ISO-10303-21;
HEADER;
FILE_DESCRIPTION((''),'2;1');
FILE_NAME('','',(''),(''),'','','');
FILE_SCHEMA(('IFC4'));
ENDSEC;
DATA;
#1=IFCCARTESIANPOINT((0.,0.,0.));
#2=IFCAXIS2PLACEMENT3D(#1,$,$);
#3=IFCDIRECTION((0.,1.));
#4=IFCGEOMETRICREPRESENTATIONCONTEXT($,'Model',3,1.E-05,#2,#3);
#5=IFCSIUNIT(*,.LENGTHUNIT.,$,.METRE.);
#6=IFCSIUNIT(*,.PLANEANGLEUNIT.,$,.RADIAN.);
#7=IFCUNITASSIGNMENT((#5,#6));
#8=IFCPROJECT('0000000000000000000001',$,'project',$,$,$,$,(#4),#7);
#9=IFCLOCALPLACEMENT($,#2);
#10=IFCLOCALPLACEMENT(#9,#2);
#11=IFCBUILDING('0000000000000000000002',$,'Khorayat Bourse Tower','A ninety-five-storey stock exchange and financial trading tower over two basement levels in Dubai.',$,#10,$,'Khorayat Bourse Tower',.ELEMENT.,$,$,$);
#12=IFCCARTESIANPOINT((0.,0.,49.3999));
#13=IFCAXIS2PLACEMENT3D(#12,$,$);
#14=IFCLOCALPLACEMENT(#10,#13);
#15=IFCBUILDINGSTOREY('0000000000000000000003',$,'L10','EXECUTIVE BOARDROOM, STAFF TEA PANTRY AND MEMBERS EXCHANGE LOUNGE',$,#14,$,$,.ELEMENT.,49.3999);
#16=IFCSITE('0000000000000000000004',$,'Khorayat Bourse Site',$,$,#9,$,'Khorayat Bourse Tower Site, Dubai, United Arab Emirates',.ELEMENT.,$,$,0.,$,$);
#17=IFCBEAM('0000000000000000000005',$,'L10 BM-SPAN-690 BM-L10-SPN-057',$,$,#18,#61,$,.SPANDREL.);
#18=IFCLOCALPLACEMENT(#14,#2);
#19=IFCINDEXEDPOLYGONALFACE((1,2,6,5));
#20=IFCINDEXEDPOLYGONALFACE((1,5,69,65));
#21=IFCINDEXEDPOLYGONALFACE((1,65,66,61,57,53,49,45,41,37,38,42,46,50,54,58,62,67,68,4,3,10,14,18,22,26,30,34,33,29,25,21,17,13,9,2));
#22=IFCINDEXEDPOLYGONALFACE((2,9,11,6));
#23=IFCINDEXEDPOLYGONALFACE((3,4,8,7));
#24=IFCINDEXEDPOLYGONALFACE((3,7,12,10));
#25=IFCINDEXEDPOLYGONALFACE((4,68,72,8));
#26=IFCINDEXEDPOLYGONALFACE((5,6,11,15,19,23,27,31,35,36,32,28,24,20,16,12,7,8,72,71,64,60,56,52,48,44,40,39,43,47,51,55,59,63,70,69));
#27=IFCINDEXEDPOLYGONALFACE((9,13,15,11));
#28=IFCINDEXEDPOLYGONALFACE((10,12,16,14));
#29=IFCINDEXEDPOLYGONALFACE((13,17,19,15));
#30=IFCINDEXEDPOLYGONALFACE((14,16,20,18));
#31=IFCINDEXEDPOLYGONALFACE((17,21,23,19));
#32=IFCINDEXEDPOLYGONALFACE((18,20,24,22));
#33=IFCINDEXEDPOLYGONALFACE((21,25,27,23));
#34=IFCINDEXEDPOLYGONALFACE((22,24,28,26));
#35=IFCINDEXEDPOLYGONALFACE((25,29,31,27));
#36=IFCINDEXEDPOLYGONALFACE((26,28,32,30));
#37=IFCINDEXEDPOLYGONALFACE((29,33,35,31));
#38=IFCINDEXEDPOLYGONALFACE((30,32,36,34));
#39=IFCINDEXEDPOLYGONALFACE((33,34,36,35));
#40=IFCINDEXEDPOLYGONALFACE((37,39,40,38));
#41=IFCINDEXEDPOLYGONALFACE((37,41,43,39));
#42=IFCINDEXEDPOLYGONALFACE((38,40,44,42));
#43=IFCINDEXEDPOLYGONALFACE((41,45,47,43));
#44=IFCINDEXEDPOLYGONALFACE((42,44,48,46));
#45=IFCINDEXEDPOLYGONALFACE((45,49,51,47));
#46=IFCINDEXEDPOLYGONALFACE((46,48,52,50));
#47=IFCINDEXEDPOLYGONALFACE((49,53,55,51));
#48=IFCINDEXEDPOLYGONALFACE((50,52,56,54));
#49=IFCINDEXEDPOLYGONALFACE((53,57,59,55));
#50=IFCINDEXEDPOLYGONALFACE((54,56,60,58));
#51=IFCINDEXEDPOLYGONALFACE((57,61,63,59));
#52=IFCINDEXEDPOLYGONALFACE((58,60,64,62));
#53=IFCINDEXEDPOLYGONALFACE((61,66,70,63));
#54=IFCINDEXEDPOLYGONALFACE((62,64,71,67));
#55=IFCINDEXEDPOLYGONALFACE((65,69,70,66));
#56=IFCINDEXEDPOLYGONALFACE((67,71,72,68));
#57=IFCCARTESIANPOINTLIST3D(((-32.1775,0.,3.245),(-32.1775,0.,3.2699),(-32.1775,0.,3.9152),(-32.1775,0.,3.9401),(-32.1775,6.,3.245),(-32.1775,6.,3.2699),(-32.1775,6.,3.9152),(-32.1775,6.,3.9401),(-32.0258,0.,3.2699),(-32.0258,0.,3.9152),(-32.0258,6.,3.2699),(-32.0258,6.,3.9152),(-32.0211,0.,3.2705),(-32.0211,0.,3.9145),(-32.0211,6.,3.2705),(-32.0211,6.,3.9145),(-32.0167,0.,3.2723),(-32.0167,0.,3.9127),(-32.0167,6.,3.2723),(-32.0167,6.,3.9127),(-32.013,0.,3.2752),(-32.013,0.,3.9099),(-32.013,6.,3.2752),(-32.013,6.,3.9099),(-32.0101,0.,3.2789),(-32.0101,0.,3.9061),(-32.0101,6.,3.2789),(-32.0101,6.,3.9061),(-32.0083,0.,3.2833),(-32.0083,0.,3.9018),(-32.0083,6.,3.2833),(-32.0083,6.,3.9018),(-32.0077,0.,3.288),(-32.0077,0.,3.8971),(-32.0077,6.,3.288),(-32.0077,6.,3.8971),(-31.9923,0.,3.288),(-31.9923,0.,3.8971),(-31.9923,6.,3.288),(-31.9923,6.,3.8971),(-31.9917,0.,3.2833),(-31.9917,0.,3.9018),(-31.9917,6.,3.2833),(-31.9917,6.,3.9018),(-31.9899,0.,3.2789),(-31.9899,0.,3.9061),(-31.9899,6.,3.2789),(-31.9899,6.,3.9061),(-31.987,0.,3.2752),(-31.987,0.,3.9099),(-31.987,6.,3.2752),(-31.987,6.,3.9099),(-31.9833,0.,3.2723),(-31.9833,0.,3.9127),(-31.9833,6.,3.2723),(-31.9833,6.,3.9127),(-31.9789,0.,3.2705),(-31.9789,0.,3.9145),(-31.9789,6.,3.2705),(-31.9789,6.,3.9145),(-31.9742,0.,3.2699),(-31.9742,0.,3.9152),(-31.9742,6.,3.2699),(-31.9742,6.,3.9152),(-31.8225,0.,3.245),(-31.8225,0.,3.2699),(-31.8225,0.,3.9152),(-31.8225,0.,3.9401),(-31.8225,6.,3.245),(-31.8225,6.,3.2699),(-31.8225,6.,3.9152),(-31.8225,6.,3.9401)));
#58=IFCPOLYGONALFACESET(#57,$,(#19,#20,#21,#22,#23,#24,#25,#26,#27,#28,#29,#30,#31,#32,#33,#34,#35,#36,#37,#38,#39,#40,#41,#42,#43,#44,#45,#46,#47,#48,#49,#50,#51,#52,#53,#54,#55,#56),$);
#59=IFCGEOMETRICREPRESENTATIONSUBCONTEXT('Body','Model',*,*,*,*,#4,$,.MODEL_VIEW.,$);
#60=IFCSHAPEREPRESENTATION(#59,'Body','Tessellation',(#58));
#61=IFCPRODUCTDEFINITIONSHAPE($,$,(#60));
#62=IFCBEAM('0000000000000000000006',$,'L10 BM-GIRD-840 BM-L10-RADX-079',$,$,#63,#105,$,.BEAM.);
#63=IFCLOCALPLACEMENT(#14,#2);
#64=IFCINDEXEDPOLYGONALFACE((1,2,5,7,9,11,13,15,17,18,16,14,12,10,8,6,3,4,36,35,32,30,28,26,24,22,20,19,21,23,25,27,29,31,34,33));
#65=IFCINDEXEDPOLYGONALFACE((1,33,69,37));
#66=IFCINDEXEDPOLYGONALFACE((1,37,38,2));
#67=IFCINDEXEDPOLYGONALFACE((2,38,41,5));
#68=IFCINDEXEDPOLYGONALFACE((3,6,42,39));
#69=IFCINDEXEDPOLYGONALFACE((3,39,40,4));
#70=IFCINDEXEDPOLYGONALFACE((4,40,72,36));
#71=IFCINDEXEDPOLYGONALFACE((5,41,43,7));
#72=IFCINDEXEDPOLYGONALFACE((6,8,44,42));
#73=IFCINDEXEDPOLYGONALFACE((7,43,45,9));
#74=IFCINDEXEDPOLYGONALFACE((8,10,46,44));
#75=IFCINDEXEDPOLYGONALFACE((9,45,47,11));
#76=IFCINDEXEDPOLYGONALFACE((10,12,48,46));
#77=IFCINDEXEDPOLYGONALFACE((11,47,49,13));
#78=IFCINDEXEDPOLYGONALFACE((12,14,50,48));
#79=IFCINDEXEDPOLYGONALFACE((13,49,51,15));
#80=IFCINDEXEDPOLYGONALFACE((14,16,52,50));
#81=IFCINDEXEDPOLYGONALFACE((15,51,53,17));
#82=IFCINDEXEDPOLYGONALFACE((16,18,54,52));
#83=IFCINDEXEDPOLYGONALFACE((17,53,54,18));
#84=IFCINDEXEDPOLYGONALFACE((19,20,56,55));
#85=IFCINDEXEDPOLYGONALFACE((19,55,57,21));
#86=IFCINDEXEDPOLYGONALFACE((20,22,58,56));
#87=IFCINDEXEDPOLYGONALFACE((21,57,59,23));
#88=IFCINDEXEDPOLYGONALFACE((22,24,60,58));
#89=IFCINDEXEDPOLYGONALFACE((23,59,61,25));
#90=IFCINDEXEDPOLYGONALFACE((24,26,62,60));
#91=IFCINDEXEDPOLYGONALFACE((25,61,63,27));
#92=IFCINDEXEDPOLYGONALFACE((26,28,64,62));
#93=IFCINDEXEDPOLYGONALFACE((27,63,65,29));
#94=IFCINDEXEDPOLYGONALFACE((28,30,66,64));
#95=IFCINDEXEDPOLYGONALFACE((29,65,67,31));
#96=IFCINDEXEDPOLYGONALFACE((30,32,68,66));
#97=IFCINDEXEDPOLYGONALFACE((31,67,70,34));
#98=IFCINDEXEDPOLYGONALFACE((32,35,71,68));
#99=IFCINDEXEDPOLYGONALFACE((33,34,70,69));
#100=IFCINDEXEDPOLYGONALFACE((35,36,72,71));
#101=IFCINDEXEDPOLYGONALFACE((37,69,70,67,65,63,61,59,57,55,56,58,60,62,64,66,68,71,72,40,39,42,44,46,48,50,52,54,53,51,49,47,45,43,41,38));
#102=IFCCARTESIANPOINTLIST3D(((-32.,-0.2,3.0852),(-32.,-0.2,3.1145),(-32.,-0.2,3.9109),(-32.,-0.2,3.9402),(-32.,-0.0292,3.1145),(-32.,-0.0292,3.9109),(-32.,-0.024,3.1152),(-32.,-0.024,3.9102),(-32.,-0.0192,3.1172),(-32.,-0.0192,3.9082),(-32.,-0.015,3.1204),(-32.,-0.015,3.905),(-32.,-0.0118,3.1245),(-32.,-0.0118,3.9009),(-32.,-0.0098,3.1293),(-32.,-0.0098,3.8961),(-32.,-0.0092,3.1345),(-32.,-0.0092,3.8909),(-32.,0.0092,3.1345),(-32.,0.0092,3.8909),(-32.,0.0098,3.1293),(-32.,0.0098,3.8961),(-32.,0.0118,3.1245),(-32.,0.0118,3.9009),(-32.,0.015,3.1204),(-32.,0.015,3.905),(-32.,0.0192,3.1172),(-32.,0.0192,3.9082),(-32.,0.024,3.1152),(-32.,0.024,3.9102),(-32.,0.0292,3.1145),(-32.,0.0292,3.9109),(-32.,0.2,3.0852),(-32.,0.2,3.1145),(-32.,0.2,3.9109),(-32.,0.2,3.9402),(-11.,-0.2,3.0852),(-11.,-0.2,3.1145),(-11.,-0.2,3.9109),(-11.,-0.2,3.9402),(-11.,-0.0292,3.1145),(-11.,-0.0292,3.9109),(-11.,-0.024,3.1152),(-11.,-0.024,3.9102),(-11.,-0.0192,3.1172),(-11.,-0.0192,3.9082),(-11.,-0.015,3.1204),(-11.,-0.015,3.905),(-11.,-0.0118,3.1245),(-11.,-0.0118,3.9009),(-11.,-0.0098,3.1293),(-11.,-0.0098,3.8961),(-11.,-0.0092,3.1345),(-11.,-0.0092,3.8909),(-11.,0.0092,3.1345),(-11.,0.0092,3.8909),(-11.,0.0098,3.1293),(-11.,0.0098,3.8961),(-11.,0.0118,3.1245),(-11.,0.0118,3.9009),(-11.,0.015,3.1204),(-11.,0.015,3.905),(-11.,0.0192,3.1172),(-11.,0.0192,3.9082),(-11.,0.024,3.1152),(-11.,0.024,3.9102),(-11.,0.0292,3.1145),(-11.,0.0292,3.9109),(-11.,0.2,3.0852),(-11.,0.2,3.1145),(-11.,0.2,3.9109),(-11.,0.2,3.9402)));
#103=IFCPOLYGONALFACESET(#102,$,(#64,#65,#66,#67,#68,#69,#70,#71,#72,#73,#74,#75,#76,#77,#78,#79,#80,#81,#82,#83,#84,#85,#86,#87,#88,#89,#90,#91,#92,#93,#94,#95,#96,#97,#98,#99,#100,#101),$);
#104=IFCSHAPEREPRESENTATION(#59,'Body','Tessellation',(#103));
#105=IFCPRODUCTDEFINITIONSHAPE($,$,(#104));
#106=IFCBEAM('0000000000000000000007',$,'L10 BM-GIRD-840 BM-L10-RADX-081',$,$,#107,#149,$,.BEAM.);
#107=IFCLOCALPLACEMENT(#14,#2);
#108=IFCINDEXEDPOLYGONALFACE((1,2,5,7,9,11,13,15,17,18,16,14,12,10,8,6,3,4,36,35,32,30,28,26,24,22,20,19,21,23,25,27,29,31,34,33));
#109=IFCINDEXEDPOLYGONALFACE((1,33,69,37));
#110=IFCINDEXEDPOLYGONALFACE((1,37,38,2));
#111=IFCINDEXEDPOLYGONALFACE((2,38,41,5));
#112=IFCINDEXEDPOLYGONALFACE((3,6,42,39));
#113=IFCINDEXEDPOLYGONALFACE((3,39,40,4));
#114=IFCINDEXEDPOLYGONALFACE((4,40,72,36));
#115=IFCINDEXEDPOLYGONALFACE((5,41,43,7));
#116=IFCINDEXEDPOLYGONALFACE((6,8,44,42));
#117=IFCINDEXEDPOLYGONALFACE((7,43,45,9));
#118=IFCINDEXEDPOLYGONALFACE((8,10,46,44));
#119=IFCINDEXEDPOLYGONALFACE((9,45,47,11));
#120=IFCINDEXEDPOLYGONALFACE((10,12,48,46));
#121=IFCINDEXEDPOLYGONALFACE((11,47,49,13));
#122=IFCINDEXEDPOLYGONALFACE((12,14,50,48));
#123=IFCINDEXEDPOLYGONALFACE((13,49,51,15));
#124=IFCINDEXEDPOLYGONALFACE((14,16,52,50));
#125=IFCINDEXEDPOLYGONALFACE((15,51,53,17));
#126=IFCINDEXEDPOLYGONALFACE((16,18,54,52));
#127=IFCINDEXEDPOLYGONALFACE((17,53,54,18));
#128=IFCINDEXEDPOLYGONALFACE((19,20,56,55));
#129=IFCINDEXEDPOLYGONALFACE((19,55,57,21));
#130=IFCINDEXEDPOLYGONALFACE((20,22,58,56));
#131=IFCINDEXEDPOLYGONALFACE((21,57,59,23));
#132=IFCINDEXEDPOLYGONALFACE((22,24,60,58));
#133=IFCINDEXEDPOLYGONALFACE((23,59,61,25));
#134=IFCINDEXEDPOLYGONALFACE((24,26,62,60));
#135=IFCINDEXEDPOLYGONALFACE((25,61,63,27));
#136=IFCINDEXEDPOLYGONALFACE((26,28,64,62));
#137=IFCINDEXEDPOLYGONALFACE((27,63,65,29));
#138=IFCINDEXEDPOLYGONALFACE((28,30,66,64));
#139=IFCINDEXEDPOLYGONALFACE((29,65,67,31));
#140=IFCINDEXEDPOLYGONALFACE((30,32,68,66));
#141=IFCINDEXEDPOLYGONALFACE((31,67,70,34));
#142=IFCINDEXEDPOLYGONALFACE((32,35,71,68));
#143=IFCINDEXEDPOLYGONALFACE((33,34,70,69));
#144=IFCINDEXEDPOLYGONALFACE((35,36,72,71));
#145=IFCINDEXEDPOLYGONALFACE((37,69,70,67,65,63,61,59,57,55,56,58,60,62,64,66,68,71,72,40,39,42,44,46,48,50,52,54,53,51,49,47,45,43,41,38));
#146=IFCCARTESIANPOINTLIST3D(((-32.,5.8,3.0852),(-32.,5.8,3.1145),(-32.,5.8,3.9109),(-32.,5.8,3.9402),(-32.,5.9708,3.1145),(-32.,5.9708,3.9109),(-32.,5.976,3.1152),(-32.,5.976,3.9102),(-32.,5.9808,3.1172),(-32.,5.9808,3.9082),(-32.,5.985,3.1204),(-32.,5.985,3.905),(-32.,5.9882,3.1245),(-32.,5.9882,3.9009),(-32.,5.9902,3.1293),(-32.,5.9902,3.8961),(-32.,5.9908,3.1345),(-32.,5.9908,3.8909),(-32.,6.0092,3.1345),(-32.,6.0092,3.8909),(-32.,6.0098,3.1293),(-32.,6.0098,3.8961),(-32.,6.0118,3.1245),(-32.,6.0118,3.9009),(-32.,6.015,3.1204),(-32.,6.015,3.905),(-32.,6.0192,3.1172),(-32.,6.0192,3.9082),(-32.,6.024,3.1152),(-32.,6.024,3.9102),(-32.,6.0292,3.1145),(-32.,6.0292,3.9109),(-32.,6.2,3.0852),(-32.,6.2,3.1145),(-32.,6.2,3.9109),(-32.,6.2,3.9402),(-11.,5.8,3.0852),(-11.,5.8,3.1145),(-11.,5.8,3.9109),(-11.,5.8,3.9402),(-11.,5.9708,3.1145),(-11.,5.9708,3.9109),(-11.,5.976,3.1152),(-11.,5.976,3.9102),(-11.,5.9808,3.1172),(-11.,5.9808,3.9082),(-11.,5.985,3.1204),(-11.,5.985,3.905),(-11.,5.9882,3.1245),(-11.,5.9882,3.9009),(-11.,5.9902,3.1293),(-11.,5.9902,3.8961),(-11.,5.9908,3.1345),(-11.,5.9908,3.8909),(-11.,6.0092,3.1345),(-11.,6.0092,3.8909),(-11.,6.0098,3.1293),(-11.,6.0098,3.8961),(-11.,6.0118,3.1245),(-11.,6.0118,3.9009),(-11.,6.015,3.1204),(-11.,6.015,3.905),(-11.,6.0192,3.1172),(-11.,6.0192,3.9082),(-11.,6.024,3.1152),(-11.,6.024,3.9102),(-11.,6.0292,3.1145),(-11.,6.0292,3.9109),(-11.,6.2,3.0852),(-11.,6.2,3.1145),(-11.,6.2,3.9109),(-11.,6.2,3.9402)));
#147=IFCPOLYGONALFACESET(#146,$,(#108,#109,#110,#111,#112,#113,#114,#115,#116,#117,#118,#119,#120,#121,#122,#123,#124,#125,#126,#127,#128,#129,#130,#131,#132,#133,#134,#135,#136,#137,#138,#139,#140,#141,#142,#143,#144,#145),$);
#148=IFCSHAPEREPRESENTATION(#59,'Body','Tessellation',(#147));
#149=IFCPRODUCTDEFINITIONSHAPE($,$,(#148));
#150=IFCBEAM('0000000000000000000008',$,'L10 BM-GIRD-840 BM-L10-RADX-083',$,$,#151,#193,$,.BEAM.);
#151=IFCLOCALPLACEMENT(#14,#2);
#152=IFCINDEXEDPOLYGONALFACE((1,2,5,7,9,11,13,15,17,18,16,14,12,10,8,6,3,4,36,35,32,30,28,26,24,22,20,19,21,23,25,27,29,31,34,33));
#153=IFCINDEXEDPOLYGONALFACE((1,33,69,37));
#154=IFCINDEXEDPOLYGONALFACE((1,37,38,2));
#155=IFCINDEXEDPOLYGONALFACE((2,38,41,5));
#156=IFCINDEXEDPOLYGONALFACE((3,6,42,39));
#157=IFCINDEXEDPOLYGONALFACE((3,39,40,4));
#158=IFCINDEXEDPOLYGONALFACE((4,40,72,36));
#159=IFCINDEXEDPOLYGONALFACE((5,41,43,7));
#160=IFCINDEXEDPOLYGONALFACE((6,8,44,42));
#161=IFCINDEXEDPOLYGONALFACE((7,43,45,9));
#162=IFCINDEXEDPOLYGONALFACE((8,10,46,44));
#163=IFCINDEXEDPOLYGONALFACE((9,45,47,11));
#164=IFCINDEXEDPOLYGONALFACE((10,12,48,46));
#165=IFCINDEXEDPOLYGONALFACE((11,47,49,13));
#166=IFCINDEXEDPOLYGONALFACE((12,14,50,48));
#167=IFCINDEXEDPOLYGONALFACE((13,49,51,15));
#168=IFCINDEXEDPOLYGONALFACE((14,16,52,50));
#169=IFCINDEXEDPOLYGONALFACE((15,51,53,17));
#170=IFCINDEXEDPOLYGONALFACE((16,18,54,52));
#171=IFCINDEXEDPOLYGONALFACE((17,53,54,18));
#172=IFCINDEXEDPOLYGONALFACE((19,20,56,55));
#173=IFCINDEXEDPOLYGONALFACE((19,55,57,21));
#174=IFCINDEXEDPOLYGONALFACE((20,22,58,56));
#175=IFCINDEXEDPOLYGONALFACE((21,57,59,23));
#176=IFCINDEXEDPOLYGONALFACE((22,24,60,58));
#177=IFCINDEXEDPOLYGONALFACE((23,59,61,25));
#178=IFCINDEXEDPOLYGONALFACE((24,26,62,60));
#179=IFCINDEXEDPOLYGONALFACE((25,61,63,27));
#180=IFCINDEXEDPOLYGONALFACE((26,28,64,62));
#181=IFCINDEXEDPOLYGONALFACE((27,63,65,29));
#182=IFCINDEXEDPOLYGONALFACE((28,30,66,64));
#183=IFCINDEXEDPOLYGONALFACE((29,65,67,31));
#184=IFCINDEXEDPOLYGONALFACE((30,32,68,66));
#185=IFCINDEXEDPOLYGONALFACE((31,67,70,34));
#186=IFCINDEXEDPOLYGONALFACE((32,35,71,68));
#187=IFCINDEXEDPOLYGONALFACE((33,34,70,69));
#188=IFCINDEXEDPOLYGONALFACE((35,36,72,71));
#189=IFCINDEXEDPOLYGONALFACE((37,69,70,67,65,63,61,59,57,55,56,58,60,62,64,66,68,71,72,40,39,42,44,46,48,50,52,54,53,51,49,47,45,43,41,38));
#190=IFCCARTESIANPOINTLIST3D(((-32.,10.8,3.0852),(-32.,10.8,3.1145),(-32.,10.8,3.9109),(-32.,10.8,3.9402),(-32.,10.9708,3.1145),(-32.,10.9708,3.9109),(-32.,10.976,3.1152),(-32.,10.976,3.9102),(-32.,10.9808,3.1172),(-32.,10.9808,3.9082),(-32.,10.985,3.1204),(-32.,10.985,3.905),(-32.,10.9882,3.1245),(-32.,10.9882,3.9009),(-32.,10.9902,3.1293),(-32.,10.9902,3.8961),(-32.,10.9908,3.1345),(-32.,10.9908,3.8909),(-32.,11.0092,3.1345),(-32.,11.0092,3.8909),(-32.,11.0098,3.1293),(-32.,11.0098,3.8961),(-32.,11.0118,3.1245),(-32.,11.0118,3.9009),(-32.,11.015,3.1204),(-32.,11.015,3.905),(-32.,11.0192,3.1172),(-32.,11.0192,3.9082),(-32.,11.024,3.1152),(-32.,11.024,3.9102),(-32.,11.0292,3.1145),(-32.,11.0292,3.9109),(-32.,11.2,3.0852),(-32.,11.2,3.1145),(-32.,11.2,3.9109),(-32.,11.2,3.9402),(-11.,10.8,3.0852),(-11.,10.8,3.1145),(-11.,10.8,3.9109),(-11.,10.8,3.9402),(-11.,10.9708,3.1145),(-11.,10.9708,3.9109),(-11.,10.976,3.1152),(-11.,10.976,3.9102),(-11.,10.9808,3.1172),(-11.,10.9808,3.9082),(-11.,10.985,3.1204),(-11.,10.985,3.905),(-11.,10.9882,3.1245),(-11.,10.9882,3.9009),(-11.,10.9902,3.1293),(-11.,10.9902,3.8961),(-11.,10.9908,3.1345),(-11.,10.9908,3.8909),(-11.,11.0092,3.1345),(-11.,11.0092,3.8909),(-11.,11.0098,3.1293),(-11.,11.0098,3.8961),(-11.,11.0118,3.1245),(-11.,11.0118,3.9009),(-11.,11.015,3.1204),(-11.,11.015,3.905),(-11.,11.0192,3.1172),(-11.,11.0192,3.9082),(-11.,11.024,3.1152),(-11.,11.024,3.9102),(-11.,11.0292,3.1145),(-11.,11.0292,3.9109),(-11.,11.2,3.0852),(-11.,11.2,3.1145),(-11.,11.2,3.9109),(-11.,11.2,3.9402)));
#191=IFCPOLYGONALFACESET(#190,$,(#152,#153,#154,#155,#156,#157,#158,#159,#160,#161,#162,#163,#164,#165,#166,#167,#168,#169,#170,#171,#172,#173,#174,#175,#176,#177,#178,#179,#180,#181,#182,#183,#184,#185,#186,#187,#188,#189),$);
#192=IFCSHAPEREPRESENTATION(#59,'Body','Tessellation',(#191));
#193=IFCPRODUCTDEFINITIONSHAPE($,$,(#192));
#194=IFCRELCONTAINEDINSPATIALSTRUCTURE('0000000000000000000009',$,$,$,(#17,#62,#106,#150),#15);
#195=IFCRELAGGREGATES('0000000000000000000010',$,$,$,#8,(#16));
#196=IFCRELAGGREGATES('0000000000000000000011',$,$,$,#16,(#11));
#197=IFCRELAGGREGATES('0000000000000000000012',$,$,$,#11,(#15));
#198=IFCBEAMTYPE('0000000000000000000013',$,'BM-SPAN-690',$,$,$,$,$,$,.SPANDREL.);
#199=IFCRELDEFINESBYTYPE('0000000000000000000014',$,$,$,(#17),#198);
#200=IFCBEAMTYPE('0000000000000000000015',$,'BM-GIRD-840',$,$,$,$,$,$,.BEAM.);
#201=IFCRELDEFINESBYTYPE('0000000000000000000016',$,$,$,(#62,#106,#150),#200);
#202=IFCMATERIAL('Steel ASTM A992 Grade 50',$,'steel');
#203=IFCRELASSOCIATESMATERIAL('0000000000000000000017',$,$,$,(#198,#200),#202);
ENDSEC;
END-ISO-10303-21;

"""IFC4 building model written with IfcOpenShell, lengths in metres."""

from ifc_helpers import new_model, si_unit, direction, frame, origin, origin_2d, place, context, subcontext, project, spatial, i_section, extrude, source, transform, mapped, material, material_profile, profile_set, type_object, element, save


model = new_model("IFC4")

# Units and contexts
model_context = context("Model", 3, precision=1e-05, world=origin(), true_north=direction((0.0, 1.0)))
body_context = subcontext(model_context, "Body", "Model", "MODEL_VIEW")
ifc_project = project(units=[si_unit("LENGTHUNIT", "METRE"), si_unit("PLANEANGLEUNIT", "RADIAN")], contexts=[model_context])

# Site, building, storey
site_placement = place(None, origin())
site = spatial("IfcSite", under=ifc_project, at=site_placement, Name="Khorayat Bourse Site", LongName="Khorayat Bourse Tower Site, Dubai, United Arab Emirates", CompositionType="ELEMENT", RefElevation=0.0)
building_placement = place(site_placement, origin())
building = spatial("IfcBuilding", under=site, at=building_placement, Name="Khorayat Bourse Tower", Description="A ninety-five-storey stock exchange and financial trading tower over two basement levels in Dubai.", LongName="Khorayat Bourse Tower", CompositionType="ELEMENT")
storey_placement = place(building_placement, frame((0.0, 0.0, 49.3999)))
storey = spatial("IfcBuildingStorey", under=building, at=storey_placement, Name="L10", Description="EXECUTIVE BOARDROOM, STAFF TEA PANTRY AND MEMBERS EXCHANGE LOUNGE", CompositionType="ELEMENT", Elevation=49.3999)

# Beams
ifc_material_1 = material(Name="Steel ASTM A992 Grade 50", Category="steel")
ifc_material_profile_1 = material_profile(ifc_material_1, i_section(OverallWidth=0.355, OverallDepth=0.6951, WebThickness=0.0154, FlangeThickness=0.0249, FilletRadius=0.0181, at=origin_2d()), Name="W690X217")
ifc_profile_set_1 = profile_set([ifc_material_profile_1], Name="Steel ASTM A992 Grade 50")
beam_type_1 = type_object("IfcBeamType", Name="BM-SPAN-690", PredefinedType="SPANDREL", material=ifc_profile_set_1)
shared_shape_1 = source(origin(), body_context, "Body", "SweptSolid", [
    extrude(i_section(OverallWidth=0.355, OverallDepth=0.6951, WebThickness=0.0154, FlangeThickness=0.0249, FilletRadius=0.0181, at=origin_2d()), origin(), (0.0, 0.0, 1.0), 6.0),
])
beam_1_placement = place(storey_placement, frame((-32.0, 0.0, 3.5925), z_axis=(0.0, 1.0, 0.0), x_axis=(-1.0, 0.0, 0.0)))
element("IfcBeam", 1, at=beam_1_placement, inside=storey, type_object=beam_type_1, Name="L10 BM-SPAN-690 BM-L10-SPN-057", PredefinedType="SPANDREL", context=body_context, shape_type="MappedRepresentation", body=[
    mapped(shared_shape_1, transform((0.0, 0.0, 0.0), scale=1.0)),
])
ifc_material_profile_2 = material_profile(ifc_material_1, i_section(OverallWidth=0.3999, OverallDepth=0.855, WebThickness=0.0183, FlangeThickness=0.0293, FilletRadius=0.02, at=origin_2d()), Name="W840X299")
ifc_profile_set_2 = profile_set([ifc_material_profile_2], Name="Steel ASTM A992 Grade 50")
beam_type_2 = type_object("IfcBeamType", Name="BM-GIRD-840", PredefinedType="BEAM", material=ifc_profile_set_2)
shared_shape_2 = source(origin(), body_context, "Body", "SweptSolid", [
    extrude(i_section(OverallWidth=0.3999, OverallDepth=0.855, WebThickness=0.0183, FlangeThickness=0.0293, FilletRadius=0.02, at=origin_2d()), origin(), (0.0, 0.0, 1.0), 21.0),
])
for number, where, z_axis, x_axis, name in (
    (2, (-32.0, 0.0, 3.5127), (1.0, 0.0, 0.0), (0.0, 1.0, 0.0), "L10 BM-GIRD-840 BM-L10-RADX-079"),
    (3, (-32.0, 6.0, 3.5127), (1.0, 0.0, 0.0), (0.0, 1.0, 0.0), "L10 BM-GIRD-840 BM-L10-RADX-081"),
    (4, (-32.0, 11.0, 3.5127), (1.0, 0.0, 0.0), (0.0, 1.0, 0.0), "L10 BM-GIRD-840 BM-L10-RADX-083"),
):
    element("IfcBeam", number, at=place(storey_placement, frame(where, z_axis=z_axis, x_axis=x_axis)), inside=storey, type_object=beam_type_2, Name=name, PredefinedType="BEAM", context=body_context, shape_type="MappedRepresentation", body=[
        mapped(shared_shape_2, transform((0.0, 0.0, 0.0), scale=1.0)),
    ])

save(model, "model.ifc")
